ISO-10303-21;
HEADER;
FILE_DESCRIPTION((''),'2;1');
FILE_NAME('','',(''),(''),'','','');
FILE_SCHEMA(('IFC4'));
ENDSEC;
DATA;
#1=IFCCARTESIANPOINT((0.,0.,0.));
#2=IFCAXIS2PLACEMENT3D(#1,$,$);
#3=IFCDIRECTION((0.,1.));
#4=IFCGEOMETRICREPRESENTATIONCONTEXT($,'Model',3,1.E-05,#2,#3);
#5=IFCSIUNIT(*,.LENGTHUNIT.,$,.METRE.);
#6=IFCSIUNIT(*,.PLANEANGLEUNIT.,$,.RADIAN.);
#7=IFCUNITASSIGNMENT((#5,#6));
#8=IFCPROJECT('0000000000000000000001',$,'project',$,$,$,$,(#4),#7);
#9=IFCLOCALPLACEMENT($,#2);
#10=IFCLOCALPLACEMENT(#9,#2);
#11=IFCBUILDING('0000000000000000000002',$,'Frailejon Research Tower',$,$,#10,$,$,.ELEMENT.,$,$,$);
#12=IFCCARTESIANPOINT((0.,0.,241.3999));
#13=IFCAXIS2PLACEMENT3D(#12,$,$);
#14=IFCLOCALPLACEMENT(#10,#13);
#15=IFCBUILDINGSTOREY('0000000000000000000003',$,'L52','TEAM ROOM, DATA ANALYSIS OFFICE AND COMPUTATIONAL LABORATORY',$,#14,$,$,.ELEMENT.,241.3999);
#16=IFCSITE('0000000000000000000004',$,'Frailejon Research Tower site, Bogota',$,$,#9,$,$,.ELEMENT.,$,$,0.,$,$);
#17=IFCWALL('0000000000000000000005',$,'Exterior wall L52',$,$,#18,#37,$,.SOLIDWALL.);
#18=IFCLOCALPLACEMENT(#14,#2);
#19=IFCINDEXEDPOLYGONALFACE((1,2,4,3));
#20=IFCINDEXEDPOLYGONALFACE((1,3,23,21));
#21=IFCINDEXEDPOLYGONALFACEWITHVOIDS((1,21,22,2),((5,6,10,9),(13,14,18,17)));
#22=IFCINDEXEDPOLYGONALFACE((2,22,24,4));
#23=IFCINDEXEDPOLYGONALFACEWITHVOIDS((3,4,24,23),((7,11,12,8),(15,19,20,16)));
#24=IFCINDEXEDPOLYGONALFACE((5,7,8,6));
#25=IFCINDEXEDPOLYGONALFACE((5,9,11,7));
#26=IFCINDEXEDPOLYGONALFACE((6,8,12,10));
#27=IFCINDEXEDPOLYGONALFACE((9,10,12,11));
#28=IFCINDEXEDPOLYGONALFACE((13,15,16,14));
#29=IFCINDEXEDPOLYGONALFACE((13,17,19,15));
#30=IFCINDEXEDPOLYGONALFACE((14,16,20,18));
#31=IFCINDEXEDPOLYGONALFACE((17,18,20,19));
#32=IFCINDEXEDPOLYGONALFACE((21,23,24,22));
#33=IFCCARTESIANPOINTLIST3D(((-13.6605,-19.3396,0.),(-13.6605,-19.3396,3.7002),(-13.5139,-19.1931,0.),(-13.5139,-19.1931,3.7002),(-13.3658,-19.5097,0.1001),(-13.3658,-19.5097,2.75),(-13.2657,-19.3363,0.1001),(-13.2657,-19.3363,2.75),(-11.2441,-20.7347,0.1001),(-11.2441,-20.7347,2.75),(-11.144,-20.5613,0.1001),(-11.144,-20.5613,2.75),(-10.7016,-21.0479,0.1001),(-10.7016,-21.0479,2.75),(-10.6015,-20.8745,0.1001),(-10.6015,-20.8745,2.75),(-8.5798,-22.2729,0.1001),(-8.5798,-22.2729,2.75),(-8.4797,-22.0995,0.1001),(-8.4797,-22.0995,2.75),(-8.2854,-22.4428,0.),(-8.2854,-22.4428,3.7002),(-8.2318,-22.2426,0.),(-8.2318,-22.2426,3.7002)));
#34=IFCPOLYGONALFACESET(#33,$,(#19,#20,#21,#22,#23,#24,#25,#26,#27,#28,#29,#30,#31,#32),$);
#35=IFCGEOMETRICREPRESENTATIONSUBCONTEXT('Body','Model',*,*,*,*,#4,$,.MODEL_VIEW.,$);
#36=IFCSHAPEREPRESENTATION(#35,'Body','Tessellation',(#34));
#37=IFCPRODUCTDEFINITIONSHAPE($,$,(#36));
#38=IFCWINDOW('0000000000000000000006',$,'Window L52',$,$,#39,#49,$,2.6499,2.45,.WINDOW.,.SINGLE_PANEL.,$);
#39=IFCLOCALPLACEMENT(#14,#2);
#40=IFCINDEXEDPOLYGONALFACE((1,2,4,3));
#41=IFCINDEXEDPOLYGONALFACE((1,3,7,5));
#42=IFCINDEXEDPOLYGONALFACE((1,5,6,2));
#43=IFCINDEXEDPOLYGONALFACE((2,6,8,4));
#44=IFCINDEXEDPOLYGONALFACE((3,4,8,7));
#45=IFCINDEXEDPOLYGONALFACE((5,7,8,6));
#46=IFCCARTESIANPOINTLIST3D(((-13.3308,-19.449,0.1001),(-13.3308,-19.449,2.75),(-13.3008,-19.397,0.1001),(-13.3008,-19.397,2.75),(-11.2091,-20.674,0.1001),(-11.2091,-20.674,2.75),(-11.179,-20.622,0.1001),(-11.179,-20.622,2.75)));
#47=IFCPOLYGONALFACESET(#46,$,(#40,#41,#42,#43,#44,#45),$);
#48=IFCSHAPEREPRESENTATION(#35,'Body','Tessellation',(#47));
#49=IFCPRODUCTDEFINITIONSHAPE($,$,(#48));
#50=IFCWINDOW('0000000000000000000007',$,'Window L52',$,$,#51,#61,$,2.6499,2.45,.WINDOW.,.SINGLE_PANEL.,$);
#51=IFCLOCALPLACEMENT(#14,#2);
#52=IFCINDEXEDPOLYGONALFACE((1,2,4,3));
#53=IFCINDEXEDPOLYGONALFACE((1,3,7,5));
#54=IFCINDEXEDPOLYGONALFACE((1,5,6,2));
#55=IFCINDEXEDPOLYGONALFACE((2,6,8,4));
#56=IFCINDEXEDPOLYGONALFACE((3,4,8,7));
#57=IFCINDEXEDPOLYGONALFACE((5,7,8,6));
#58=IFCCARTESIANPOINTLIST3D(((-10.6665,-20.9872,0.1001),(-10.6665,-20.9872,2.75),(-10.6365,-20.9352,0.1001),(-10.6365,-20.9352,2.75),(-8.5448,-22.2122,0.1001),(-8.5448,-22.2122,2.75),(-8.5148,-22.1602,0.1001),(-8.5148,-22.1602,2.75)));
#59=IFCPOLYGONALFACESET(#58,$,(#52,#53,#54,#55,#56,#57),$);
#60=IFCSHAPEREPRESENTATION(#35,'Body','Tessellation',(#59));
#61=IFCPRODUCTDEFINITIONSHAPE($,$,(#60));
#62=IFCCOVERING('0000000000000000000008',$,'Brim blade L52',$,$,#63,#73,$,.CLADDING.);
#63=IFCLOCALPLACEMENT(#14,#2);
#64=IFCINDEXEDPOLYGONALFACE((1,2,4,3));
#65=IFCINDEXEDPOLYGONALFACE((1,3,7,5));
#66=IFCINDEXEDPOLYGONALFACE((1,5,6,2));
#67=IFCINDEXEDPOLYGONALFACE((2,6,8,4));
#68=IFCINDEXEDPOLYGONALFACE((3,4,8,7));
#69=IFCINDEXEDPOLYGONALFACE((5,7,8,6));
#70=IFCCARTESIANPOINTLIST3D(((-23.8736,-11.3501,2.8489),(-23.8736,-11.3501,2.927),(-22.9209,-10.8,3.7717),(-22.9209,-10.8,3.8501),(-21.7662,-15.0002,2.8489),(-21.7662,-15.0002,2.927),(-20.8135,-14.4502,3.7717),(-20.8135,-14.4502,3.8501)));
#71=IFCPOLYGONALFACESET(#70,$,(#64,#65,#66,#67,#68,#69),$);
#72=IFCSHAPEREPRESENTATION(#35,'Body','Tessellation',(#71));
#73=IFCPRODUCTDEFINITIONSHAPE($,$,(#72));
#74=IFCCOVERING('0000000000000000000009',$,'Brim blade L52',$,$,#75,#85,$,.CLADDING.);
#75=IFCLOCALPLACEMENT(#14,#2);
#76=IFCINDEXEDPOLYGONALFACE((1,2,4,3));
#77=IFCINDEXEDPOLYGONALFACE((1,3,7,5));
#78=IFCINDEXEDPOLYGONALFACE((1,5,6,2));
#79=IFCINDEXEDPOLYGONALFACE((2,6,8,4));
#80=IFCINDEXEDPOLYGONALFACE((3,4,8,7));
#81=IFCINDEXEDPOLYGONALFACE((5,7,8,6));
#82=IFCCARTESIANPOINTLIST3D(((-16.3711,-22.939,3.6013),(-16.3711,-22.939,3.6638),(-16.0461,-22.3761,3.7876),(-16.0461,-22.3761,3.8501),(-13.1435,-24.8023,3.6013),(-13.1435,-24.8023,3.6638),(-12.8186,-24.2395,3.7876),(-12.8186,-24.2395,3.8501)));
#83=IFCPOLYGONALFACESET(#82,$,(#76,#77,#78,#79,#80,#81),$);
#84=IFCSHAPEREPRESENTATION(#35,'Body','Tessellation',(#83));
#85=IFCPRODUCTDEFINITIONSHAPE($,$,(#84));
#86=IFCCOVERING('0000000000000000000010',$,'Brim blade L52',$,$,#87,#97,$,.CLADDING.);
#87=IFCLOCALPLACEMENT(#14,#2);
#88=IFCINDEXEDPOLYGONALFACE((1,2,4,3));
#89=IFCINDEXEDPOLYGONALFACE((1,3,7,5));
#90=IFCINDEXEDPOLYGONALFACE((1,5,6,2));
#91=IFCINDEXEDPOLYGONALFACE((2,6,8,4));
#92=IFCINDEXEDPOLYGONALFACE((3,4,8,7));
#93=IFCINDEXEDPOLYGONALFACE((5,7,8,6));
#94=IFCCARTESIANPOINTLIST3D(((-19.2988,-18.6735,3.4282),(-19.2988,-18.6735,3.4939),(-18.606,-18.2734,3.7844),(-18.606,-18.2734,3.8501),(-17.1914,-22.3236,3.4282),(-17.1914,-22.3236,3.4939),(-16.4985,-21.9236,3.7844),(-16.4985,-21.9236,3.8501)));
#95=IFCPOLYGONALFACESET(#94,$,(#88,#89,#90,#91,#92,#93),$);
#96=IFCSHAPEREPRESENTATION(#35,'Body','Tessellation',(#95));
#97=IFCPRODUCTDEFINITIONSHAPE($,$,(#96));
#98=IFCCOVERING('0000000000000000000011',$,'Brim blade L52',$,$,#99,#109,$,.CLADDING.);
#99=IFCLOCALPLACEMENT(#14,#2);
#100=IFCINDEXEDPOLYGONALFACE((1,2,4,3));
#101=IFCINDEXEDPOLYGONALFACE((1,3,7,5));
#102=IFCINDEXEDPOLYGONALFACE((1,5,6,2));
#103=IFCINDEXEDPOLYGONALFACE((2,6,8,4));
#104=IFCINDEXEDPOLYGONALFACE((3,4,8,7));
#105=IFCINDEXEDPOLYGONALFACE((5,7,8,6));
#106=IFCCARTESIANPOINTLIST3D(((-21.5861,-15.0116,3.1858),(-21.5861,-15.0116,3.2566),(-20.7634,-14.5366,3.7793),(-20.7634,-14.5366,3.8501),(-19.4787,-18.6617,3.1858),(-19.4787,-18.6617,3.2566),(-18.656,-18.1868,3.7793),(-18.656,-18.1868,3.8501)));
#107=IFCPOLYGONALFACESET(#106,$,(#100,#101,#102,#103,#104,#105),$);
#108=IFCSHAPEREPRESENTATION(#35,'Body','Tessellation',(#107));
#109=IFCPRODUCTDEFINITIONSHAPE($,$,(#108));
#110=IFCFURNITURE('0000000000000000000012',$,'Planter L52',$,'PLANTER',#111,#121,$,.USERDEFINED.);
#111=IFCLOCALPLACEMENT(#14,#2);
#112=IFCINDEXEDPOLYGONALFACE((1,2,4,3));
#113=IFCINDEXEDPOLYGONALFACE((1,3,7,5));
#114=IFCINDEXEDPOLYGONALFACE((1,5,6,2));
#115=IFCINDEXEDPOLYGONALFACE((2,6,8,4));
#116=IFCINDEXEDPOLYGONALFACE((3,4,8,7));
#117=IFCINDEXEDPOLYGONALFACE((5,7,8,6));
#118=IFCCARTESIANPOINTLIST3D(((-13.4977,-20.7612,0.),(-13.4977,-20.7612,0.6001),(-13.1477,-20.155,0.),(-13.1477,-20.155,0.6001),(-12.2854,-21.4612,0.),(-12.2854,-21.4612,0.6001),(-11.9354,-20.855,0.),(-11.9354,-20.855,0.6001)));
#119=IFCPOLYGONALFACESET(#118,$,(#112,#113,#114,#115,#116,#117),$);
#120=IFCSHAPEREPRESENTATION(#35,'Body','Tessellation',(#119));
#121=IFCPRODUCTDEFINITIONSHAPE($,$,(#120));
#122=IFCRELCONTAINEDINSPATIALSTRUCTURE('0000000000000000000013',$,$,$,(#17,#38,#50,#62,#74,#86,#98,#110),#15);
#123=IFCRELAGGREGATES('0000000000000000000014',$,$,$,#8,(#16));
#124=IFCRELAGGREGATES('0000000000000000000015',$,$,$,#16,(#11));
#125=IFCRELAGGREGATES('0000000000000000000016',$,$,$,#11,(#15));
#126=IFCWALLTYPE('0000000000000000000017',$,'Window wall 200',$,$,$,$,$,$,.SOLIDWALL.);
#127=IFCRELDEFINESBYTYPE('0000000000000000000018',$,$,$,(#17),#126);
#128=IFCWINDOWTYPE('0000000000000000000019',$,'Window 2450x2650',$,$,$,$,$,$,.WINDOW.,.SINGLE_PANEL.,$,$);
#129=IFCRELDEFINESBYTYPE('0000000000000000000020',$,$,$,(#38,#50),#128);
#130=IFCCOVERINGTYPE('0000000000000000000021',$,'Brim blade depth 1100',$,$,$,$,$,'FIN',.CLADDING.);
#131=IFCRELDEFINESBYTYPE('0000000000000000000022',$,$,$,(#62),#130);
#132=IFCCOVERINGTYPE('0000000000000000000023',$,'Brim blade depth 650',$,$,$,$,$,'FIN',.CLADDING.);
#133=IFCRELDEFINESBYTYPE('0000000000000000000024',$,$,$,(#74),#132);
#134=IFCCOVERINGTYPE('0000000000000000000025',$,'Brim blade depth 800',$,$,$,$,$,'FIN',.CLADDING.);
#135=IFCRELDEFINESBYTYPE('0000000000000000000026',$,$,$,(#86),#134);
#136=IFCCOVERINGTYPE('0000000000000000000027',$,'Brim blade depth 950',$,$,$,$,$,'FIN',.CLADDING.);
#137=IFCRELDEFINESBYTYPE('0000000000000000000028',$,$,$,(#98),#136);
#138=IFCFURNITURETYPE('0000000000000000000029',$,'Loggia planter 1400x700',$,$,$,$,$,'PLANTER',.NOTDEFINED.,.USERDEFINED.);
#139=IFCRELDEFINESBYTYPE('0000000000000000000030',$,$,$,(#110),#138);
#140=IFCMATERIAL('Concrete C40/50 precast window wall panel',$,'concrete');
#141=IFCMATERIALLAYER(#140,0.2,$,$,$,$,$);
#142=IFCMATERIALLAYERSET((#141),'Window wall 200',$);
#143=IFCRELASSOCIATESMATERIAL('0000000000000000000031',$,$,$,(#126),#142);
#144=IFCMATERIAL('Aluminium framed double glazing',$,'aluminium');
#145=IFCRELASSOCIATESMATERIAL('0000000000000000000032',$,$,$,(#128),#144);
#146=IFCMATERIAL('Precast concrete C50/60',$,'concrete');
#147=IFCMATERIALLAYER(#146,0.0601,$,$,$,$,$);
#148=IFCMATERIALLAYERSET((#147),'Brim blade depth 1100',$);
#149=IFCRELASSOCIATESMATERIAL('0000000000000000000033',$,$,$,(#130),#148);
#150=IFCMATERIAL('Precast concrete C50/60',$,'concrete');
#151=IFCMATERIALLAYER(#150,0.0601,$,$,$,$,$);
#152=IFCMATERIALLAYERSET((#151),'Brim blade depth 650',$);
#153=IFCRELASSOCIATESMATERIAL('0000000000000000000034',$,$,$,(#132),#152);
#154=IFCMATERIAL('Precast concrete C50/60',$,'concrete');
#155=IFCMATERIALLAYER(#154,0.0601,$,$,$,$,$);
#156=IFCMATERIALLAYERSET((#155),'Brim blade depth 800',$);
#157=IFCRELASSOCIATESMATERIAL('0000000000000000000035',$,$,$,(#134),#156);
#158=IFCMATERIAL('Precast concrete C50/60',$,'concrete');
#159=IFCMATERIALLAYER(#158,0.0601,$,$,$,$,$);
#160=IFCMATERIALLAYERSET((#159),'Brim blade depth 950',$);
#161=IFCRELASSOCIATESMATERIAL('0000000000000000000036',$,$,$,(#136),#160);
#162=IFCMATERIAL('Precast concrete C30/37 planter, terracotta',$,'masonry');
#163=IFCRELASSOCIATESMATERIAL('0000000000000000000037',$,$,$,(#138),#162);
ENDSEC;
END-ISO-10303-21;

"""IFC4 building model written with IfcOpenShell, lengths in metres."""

from ifc_helpers import new_model, si_unit, direction, frame, frame_2d, origin, origin_2d, place, context, subcontext, project, spatial, polyline, rectangle, outline, extrude, material, layer, layer_set, type_object, element, fill, save


model = new_model("IFC4")

# Units and contexts
model_context = context("Model", 3, precision=1e-05, world=origin(), true_north=direction((0.0, 1.0)))
body_context = subcontext(model_context, "Body", "Model", "MODEL_VIEW")
ifc_project = project(units=[si_unit("LENGTHUNIT", "METRE"), si_unit("PLANEANGLEUNIT", "RADIAN")], contexts=[model_context])

# Site, building, storey
site_placement = place(None, origin())
site = spatial("IfcSite", under=ifc_project, at=site_placement, Name="Frailejon Research Tower site, Bogota", CompositionType="ELEMENT", RefElevation=0.0)
building_placement = place(site_placement, origin())
building = spatial("IfcBuilding", under=site, at=building_placement, Name="Frailejon Research Tower", CompositionType="ELEMENT")
storey_placement = place(building_placement, frame((0.0, 0.0, 241.3999)))
storey = spatial("IfcBuildingStorey", under=building, at=storey_placement, Name="L52", Description="TEAM ROOM, DATA ANALYSIS OFFICE AND COMPUTATIONAL LABORATORY", CompositionType="ELEMENT", Elevation=241.3999)

# Wall, openings, windows
ifc_material_1 = material(Name="Concrete C40/50 precast window wall panel", Category="concrete")
ifc_layer_1 = layer(ifc_material_1, 0.2)
ifc_layer_set_1 = layer_set([ifc_layer_1], Name="Window wall 200")
wall_type_1 = type_object("IfcWallType", Name="Window wall 200", PredefinedType="SOLIDWALL", material=ifc_layer_set_1)
wall_1_placement = place(storey_placement, frame((-13.5872, -19.2664, 0.0), z_axis=(0.0, 0.0, 1.0), x_axis=(0.86603, -0.499993, 0.0)))
wall_1 = element("IfcWall", 1, at=wall_1_placement, inside=storey, type_object=wall_type_1, Name="Exterior wall L52", PredefinedType="SOLIDWALL", context=body_context, shape_type="SweptSolid", body=[
    extrude(outline(polyline([(-0.0269, -0.1001), (1.0076, -0.1001), (2.042, -0.1001), (3.0764, -0.1001), (4.1108, -0.1001), (5.1453, -0.1001), (6.1797, -0.1001), (6.126, 0.1001), (5.1094, 0.1001), (4.093, 0.1001), (3.0764, 0.1001), (2.0598, 0.1001), (1.0435, 0.1001), (0.0269, 0.1001), (-0.0269, -0.1001)])), origin(), (0.0, 0.0, 1.0), 3.7002),
])
opening_1_placement = place(wall_1_placement, frame((0.3132, 0.0, 0.1001)))
opening_1 = element("IfcOpeningElement", 2, at=opening_1_placement, cuts=wall_1, PredefinedType="OPENING", context=body_context, shape_type="SweptSolid", body=[
    extrude(rectangle(XDim=2.45, YDim=2.6499, at=frame_2d((1.2251, 1.325))), frame((0.0, 0.1099, 0.0), z_axis=(0.0, -1.0, 0.0), x_axis=(1.0, 0.0, 0.0)), (0.0, 0.0, 1.0), 0.22),
])
opening_2_placement = place(wall_1_placement, frame((3.3896, 0.0, 0.1001)))
opening_2 = element("IfcOpeningElement", 3, at=opening_2_placement, cuts=wall_1, PredefinedType="OPENING", context=body_context, shape_type="SweptSolid", body=[
    extrude(rectangle(XDim=2.45, YDim=2.6499, at=frame_2d((1.2251, 1.325))), frame((0.0, 0.1099, 0.0), z_axis=(0.0, -1.0, 0.0), x_axis=(1.0, 0.0, 0.0)), (0.0, 0.0, 1.0), 0.22),
])
ifc_material_2 = material(Name="Aluminium framed double glazing", Category="aluminium")
window_type = type_object("IfcWindowType", Name="Window 2450x2650", PartitioningType="SINGLE_PANEL", PredefinedType="WINDOW", material=ifc_material_2)
window_1_placement = place(opening_1_placement, origin())
window_1 = element("IfcWindow", 4, at=window_1_placement, inside=storey, type_object=window_type, Name="Window L52", OverallHeight=2.6499, OverallWidth=2.45, PartitioningType="SINGLE_PANEL", PredefinedType="WINDOW", context=body_context, shape_type="SweptSolid", body=[
    extrude(rectangle(XDim=2.45, YDim=2.6499, at=frame_2d((1.2251, 1.325))), frame((0.0, 0.03, 0.0), z_axis=(0.0, -1.0, 0.0), x_axis=(1.0, 0.0, 0.0)), (0.0, 0.0, 1.0), 0.0601),
])
fill(opening_1, window_1)
window_2_placement = place(opening_2_placement, origin())
window_2 = element("IfcWindow", 5, at=window_2_placement, inside=storey, type_object=window_type, Name="Window L52", OverallHeight=2.6499, OverallWidth=2.45, PartitioningType="SINGLE_PANEL", PredefinedType="WINDOW", context=body_context, shape_type="SweptSolid", body=[
    extrude(rectangle(XDim=2.45, YDim=2.6499, at=frame_2d((1.2251, 1.325))), frame((0.0, 0.03, 0.0), z_axis=(0.0, -1.0, 0.0), x_axis=(1.0, 0.0, 0.0)), (0.0, 0.0, 1.0), 0.0601),
])
fill(opening_2, window_2)

# Coverings
ifc_material_3 = material(Name="Precast concrete C50/60", Category="concrete")
ifc_layer_2 = layer(ifc_material_3, 0.0601)
ifc_layer_set_2 = layer_set([ifc_layer_2], Name="Brim blade depth 1100")
covering_type_1 = type_object("IfcCoveringType", Name="Brim blade depth 1100", ElementType="FIN", PredefinedType="CLADDING", material=ifc_layer_set_2)
covering_1_placement = place(storey_placement, frame((-20.8135, -14.4502, 3.8501), z_axis=(-0.499993, 0.86603, 0.0), x_axis=(-0.86603, -0.499993, 0.0)))
element("IfcCovering", 6, at=covering_1_placement, inside=storey, type_object=covering_type_1, Name="Brim blade L52", PredefinedType="CLADDING", context=body_context, shape_type="SweptSolid", body=[
    extrude(outline(polyline([(0.0, -0.0784), (1.1001, -1.0012), (1.1001, -0.9231), (0.0, 0.0), (0.0, -0.0784)])), origin(), (0.0, 0.0, 1.0), 4.2148),
])
ifc_material_4 = material(Name="Precast concrete C50/60", Category="concrete")
ifc_layer_3 = layer(ifc_material_4, 0.0601)
ifc_layer_set_3 = layer_set([ifc_layer_3], Name="Brim blade depth 650")
covering_type_2 = type_object("IfcCoveringType", Name="Brim blade depth 650", ElementType="FIN", PredefinedType="CLADDING", material=ifc_layer_set_3)
covering_2_placement = place(storey_placement, frame((-12.8186, -24.2395, 3.8501), z_axis=(-0.86603, 0.499992, 0.0), x_axis=(-0.499992, -0.86603, 0.0)))
element("IfcCovering", 7, at=covering_2_placement, inside=storey, type_object=covering_type_2, Name="Brim blade L52", PredefinedType="CLADDING", context=body_context, shape_type="SweptSolid", body=[
    extrude(outline(polyline([(0.0, -0.0625), (0.6499, -0.2488), (0.6499, -0.1863), (0.0, 0.0), (0.0, -0.0625)])), origin(), (0.0, 0.0, 1.0), 3.7268),
])
ifc_material_5 = material(Name="Precast concrete C50/60", Category="concrete")
ifc_layer_4 = layer(ifc_material_5, 0.0601)
ifc_layer_set_4 = layer_set([ifc_layer_4], Name="Brim blade depth 800")
covering_type_3 = type_object("IfcCoveringType", Name="Brim blade depth 800", ElementType="FIN", PredefinedType="CLADDING", material=ifc_layer_set_4)
covering_3_placement = place(storey_placement, frame((-16.4985, -21.9236, 3.8501), z_axis=(-0.500003, 0.866024, 0.0), x_axis=(-0.866024, -0.500003, 0.0)))
element("IfcCovering", 8, at=covering_3_placement, inside=storey, type_object=covering_type_3, Name="Brim blade L52", PredefinedType="CLADDING", context=body_context, shape_type="SweptSolid", body=[
    extrude(outline(polyline([(0.0, -0.0657), (0.8, -0.4219), (0.8, -0.3562), (0.0, 0.0), (0.0, -0.0657)])), origin(), (0.0, 0.0, 1.0), 4.2148),
])
ifc_material_6 = material(Name="Precast concrete C50/60", Category="concrete")
ifc_layer_5 = layer(ifc_material_6, 0.0601)
ifc_layer_set_5 = layer_set([ifc_layer_5], Name="Brim blade depth 950")
covering_type_4 = type_object("IfcCoveringType", Name="Brim blade depth 950", ElementType="FIN", PredefinedType="CLADDING", material=ifc_layer_set_5)
covering_4_placement = place(storey_placement, frame((-18.656, -18.1868, 3.8501), z_axis=(-0.500003, 0.866024, 0.0), x_axis=(-0.866024, -0.500003, 0.0)))
element("IfcCovering", 9, at=covering_4_placement, inside=storey, type_object=covering_type_4, Name="Brim blade L52", PredefinedType="CLADDING", context=body_context, shape_type="SweptSolid", body=[
    extrude(outline(polyline([(0.0, -0.0708), (0.95, -0.6643), (0.95, -0.5935), (0.0, 0.0), (0.0, -0.0708)])), origin(), (0.0, 0.0, 1.0), 4.2148),
])

# Furniture
ifc_material_7 = material(Name="Precast concrete C30/37 planter, terracotta", Category="masonry")
furniture_type = type_object("IfcFurnitureType", Name="Loggia planter 1400x700", ElementType="PLANTER", AssemblyPlace="NOTDEFINED", PredefinedType="USERDEFINED", material=ifc_material_7)
furniture_placement = place(storey_placement, frame((-12.7166, -20.8081, 0.0), z_axis=(0.0, 0.0, 1.0), x_axis=(0.866025, -0.5, 0.0)))
element("IfcFurniture", 10, at=furniture_placement, inside=storey, type_object=furniture_type, Name="Planter L52", ObjectType="PLANTER", PredefinedType="USERDEFINED", context=body_context, shape_type="SweptSolid", body=[
    extrude(rectangle(XDim=1.3999, YDim=0.7, at=origin_2d()), origin(), (0.0, 0.0, 1.0), 0.6001),
])

save(model, "model.ifc")
